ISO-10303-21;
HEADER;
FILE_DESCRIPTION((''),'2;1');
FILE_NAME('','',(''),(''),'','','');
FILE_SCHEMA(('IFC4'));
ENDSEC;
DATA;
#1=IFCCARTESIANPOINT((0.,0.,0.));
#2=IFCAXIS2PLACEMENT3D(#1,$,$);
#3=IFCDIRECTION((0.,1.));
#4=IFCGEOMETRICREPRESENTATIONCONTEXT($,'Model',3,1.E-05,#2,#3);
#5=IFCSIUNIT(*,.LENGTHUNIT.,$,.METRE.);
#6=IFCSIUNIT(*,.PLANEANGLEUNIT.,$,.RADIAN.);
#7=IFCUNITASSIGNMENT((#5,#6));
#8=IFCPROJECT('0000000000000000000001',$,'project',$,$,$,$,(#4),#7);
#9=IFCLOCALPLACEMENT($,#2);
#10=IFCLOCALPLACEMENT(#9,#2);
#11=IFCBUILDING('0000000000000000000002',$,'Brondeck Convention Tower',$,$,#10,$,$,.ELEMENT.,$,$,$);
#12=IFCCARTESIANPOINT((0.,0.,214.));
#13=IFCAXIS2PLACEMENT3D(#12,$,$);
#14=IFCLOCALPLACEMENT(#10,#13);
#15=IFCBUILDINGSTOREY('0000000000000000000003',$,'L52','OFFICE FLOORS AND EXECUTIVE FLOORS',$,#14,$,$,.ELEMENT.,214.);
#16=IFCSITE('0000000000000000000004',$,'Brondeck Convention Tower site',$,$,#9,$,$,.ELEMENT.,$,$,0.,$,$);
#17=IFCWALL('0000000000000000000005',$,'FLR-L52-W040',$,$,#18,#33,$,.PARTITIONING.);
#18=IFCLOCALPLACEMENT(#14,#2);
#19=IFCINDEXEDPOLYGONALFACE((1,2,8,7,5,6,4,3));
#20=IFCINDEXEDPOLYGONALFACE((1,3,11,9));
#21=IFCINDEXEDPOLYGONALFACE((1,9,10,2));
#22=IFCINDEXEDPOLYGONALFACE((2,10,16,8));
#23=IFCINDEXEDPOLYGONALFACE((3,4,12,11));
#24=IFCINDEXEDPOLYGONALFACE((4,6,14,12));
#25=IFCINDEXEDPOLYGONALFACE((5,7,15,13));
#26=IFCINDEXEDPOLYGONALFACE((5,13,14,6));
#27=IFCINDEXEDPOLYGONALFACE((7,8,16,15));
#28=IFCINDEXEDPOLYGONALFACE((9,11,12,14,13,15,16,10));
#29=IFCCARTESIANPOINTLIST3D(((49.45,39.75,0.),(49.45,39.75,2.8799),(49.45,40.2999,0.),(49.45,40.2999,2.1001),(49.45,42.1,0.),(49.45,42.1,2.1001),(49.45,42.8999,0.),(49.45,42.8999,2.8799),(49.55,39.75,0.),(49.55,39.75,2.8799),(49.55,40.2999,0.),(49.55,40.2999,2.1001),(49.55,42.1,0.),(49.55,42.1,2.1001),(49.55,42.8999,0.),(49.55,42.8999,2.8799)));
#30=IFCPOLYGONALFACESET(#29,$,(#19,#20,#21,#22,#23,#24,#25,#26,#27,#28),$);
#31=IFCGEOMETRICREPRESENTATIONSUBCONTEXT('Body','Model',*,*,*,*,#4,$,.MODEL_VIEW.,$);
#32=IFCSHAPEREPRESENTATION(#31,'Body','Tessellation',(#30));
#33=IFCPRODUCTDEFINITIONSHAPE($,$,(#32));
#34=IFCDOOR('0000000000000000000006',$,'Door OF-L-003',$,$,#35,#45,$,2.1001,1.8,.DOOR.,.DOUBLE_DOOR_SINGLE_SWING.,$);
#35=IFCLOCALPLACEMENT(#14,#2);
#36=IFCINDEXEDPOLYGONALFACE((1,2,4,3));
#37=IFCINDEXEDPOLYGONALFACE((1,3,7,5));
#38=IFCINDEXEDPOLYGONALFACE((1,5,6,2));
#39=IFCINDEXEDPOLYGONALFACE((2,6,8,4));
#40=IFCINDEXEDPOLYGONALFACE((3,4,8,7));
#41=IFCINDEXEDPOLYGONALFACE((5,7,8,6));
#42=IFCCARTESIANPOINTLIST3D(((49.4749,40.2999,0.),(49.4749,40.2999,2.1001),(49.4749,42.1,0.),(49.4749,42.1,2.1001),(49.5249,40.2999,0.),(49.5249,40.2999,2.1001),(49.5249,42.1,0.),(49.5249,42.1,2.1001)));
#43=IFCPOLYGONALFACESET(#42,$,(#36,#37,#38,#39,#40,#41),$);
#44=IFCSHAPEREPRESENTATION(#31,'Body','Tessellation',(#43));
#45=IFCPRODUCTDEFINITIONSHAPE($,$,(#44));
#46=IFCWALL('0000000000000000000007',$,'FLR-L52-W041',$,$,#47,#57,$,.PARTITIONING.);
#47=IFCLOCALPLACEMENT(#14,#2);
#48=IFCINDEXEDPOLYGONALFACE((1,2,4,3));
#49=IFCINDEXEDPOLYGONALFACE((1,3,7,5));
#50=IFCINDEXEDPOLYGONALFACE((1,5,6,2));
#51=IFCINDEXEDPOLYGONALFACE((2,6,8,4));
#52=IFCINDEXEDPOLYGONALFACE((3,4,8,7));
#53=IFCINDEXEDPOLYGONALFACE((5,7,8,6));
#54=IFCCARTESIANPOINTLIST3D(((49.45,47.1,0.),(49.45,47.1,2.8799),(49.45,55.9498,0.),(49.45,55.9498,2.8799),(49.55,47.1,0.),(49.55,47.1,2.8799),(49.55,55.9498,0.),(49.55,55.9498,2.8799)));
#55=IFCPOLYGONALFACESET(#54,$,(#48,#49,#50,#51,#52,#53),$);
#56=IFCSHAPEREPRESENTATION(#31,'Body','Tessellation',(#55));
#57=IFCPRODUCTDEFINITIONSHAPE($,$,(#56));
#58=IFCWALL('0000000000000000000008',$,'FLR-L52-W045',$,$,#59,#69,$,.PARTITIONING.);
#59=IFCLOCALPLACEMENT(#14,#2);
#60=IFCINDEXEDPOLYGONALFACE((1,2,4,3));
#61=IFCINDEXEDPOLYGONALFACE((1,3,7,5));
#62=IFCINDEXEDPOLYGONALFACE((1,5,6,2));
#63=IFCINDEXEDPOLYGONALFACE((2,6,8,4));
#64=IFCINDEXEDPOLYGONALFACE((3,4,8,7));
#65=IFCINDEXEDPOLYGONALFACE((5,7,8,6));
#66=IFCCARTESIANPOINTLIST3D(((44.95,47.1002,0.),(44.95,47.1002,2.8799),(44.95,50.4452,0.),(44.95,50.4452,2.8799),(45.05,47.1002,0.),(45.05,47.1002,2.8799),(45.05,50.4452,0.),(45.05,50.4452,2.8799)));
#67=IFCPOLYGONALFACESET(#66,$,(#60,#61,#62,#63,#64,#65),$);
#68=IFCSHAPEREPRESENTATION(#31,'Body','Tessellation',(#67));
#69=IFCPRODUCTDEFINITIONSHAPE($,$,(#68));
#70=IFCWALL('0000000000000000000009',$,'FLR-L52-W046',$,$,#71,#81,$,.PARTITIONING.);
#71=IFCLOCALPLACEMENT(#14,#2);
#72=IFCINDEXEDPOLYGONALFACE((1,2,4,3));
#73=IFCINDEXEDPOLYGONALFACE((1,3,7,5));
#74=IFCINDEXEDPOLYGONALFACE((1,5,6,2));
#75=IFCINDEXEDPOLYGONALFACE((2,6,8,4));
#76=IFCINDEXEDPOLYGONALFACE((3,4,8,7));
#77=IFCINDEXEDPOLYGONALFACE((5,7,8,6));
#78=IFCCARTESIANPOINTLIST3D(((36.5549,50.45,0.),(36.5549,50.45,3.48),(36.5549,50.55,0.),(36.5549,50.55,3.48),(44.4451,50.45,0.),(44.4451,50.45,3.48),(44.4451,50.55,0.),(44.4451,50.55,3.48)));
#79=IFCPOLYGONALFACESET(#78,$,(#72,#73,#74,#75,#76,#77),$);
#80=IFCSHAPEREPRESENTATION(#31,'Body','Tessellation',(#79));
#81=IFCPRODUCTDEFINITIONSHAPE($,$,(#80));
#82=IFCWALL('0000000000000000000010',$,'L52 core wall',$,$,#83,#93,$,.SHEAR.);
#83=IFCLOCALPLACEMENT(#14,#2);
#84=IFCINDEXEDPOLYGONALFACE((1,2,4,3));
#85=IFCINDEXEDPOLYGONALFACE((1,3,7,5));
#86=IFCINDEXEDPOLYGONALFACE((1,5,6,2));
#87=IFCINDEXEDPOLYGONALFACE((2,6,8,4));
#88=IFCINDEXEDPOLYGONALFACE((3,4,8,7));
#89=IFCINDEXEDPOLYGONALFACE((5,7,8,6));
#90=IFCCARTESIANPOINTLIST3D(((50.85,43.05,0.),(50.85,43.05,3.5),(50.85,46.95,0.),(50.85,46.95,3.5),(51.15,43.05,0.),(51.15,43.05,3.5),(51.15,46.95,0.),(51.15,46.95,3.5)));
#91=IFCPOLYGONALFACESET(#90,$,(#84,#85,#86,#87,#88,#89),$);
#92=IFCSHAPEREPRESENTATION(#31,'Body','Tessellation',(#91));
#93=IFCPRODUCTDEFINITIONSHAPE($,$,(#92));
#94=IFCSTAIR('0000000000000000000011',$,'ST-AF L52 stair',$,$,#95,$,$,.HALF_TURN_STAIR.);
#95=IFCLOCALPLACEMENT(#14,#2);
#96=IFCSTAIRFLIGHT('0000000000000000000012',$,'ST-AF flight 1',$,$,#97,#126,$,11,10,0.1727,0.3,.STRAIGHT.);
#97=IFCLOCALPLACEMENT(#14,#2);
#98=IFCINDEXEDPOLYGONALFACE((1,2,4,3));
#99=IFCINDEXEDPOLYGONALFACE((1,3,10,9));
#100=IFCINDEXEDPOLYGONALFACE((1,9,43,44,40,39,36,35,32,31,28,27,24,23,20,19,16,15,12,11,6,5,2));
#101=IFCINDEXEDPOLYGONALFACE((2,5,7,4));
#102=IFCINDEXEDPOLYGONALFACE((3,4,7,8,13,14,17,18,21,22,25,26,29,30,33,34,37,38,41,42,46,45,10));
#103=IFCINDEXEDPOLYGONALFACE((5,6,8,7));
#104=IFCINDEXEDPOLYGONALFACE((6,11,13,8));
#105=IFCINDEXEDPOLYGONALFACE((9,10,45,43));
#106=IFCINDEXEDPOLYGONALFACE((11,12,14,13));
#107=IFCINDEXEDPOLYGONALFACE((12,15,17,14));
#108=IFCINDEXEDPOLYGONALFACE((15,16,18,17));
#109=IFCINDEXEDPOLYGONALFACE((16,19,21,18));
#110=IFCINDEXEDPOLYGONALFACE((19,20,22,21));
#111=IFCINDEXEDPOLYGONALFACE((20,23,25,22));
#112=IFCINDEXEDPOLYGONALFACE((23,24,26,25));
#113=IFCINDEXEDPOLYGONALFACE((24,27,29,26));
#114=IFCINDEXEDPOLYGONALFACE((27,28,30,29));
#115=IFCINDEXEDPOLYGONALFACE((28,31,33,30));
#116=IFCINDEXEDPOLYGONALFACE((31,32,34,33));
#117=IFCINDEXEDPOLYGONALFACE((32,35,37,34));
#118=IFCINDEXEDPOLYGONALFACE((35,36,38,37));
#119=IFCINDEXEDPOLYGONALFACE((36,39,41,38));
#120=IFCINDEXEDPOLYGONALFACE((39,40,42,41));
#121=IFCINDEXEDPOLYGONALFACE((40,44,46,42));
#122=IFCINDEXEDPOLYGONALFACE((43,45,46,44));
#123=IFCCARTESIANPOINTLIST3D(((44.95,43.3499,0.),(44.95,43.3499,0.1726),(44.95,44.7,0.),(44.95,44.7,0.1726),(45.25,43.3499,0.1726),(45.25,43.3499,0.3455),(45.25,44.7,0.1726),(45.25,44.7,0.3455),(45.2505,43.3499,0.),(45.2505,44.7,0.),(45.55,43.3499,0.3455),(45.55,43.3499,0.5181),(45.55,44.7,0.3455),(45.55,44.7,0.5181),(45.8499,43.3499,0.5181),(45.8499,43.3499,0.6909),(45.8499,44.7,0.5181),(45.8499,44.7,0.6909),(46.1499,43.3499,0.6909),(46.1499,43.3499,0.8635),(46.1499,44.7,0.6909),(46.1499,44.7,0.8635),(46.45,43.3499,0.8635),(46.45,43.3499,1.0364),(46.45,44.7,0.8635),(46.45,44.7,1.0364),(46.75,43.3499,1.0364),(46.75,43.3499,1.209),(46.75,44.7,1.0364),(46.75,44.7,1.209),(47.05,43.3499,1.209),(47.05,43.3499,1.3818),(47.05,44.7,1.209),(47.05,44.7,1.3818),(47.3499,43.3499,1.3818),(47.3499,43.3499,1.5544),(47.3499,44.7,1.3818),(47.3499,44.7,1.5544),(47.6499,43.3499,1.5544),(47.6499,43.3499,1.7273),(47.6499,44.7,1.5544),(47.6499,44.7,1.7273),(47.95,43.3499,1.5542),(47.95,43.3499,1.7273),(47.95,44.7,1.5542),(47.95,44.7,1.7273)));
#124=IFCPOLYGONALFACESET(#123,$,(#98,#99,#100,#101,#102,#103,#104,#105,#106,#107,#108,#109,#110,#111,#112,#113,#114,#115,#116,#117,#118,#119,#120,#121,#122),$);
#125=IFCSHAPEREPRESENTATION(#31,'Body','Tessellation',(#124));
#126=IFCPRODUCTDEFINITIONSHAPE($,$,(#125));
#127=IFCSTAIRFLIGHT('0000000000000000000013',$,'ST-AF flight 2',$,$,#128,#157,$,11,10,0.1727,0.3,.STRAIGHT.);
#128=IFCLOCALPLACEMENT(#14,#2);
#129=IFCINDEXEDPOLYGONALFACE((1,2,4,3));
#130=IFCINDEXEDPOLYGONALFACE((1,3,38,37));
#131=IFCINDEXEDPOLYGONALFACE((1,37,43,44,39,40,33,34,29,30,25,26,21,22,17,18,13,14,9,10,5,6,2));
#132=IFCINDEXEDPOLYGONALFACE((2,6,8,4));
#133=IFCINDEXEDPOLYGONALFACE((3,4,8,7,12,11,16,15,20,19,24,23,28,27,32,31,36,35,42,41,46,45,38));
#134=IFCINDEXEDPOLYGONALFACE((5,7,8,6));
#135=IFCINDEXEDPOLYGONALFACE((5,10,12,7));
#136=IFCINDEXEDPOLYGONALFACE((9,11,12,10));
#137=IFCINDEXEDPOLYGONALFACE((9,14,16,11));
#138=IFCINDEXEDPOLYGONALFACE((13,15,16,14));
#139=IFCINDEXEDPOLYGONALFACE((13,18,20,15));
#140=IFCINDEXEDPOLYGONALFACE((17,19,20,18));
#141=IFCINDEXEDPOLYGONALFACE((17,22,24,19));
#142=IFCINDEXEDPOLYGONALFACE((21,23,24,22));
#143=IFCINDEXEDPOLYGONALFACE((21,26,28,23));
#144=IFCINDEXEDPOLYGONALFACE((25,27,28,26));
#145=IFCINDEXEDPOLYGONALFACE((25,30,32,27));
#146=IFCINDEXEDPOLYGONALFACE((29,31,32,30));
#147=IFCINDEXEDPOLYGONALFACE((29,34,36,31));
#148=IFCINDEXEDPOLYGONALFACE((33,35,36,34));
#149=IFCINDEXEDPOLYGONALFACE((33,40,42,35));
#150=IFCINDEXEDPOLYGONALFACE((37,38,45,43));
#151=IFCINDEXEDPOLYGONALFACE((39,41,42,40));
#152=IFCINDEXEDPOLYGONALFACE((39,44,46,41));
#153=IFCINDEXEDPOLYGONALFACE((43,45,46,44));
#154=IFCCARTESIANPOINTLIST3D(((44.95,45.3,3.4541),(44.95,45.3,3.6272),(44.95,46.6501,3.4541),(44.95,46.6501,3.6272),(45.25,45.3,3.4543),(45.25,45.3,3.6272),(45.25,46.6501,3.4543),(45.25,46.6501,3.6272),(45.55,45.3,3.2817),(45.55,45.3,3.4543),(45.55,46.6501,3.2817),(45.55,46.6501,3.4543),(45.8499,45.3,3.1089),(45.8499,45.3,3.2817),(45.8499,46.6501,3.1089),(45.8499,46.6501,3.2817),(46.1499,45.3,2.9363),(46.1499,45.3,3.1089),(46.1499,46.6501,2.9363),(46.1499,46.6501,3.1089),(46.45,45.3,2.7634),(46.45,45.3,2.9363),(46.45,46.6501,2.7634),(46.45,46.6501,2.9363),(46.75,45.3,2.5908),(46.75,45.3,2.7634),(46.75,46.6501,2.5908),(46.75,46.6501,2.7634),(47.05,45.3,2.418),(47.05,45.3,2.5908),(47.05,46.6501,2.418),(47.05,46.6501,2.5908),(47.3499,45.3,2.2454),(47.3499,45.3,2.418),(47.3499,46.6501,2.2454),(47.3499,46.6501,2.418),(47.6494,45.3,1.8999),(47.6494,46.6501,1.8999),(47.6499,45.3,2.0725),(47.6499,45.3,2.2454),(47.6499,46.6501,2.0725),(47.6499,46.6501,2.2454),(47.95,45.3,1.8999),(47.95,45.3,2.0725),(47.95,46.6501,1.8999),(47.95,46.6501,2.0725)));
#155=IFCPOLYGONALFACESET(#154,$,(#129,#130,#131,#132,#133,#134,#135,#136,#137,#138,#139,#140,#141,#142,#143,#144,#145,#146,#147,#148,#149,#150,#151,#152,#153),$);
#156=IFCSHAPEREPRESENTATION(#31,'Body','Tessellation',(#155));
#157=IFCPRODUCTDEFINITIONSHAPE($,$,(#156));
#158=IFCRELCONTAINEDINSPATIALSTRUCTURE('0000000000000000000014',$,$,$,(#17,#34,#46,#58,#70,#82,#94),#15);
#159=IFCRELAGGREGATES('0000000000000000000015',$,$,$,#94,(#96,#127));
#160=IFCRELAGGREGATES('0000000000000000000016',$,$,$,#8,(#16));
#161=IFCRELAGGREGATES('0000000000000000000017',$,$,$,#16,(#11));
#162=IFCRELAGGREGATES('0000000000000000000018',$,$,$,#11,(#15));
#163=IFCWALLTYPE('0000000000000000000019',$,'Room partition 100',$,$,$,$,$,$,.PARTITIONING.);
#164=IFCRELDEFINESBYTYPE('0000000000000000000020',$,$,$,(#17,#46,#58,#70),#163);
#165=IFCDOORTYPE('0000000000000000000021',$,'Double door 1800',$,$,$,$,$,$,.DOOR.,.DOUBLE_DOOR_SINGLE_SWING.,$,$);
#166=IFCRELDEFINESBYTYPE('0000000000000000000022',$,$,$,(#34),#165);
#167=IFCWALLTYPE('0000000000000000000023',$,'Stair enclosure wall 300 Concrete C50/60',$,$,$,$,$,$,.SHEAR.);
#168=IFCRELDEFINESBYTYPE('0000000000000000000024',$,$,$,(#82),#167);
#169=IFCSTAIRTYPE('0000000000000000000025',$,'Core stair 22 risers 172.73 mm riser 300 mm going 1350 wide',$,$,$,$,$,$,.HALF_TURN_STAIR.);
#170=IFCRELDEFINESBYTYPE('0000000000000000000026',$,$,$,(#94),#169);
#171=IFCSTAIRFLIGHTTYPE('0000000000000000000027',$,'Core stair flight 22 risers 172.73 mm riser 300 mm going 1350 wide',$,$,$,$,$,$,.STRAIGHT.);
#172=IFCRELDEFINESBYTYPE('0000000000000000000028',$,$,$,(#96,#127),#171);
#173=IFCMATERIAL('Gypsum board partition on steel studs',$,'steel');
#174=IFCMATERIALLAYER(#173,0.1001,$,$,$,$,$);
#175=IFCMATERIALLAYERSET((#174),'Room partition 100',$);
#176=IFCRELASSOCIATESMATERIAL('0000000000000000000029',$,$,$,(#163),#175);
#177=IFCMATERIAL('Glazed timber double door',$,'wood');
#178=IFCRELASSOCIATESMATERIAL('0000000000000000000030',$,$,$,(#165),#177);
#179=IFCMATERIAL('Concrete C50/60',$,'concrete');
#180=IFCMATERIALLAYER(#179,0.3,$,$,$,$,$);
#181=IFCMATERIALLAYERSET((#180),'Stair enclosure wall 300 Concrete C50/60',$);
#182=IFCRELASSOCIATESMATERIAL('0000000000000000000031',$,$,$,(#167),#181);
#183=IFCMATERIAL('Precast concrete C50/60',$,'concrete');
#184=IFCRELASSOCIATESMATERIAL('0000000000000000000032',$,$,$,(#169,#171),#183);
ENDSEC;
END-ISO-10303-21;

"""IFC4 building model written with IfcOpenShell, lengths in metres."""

from ifc_helpers import new_model, si_unit, direction, frame, frame_2d, origin, place, context, subcontext, project, spatial, polyline, rectangle, outline, extrude, material, layer, layer_set, type_object, element, fill, aggregate, save


model = new_model("IFC4")

# Units and contexts
model_context = context("Model", 3, precision=1e-05, world=origin(), true_north=direction((0.0, 1.0)))
body_context = subcontext(model_context, "Body", "Model", "MODEL_VIEW")
ifc_project = project(units=[si_unit("LENGTHUNIT", "METRE"), si_unit("PLANEANGLEUNIT", "RADIAN")], contexts=[model_context])

# Site, building, storey
site_placement = place(None, origin())
site = spatial("IfcSite", under=ifc_project, at=site_placement, Name="Brondeck Convention Tower site", CompositionType="ELEMENT", RefElevation=0.0)
building_placement = place(site_placement, origin())
building = spatial("IfcBuilding", under=site, at=building_placement, Name="Brondeck Convention Tower", CompositionType="ELEMENT")
storey_placement = place(building_placement, frame((0.0, 0.0, 214.0)))
storey = spatial("IfcBuildingStorey", under=building, at=storey_placement, Name="L52", Description="OFFICE FLOORS AND EXECUTIVE FLOORS", CompositionType="ELEMENT", Elevation=214.0)

# Shared definitions
ifc_material_1 = material(Name="Concrete C50/60", Category="concrete")

# Wall, opening, door
ifc_material_2 = material(Name="Gypsum board partition on steel studs", Category="steel")
ifc_layer_1 = layer(ifc_material_2, 0.1001)
ifc_layer_set_1 = layer_set([ifc_layer_1], Name="Room partition 100")
wall_type_1 = type_object("IfcWallType", Name="Room partition 100", PredefinedType="PARTITIONING", material=ifc_layer_set_1)
wall_1_placement = place(storey_placement, frame((49.5, 42.8999, 0.0), z_axis=(0.0, 0.0, 1.0), x_axis=(0.0, -1.0, 0.0)))
wall_1 = element("IfcWall", 1, at=wall_1_placement, inside=storey, type_object=wall_type_1, Name="FLR-L52-W040", PredefinedType="PARTITIONING", context=body_context, shape_type="SweptSolid", body=[
    extrude(rectangle(XDim=3.1499, YDim=0.1001, at=frame_2d((1.575, 0.0))), origin(), (0.0, 0.0, 1.0), 2.8799),
])
opening_placement = place(wall_1_placement, frame((0.8, 0.0, 0.0)))
opening = element("IfcOpeningElement", 2, at=opening_placement, cuts=wall_1, PredefinedType="OPENING", context=body_context, shape_type="SweptSolid", body=[
    extrude(rectangle(XDim=1.8, YDim=2.1001, at=frame_2d((0.8999, 1.05))), frame((0.0, 0.0601, 0.0), z_axis=(0.0, -1.0, 0.0), x_axis=(1.0, 0.0, 0.0)), (0.0, 0.0, 1.0), 0.1201),
])
ifc_material_3 = material(Name="Glazed timber double door", Category="wood")
door_type = type_object("IfcDoorType", Name="Double door 1800", OperationType="DOUBLE_DOOR_SINGLE_SWING", PredefinedType="DOOR", material=ifc_material_3)
door_placement = place(opening_placement, origin())
door = element("IfcDoor", 3, at=door_placement, inside=storey, type_object=door_type, Name="Door OF-L-003", OperationType="DOUBLE_DOOR_SINGLE_SWING", OverallHeight=2.1001, OverallWidth=1.8, PredefinedType="DOOR", context=body_context, shape_type="SweptSolid", body=[
    extrude(rectangle(XDim=1.8, YDim=2.1001, at=frame_2d((0.8999, 1.05))), frame((0.0, 0.0249, 0.0), z_axis=(0.0, -1.0, 0.0), x_axis=(1.0, 0.0, 0.0)), (0.0, 0.0, 1.0), 0.05),
])
fill(opening, door)

# Walls
wall_2_placement = place(storey_placement, frame((49.5, 47.1001, 0.0), z_axis=(0.0, 0.0, 1.0), x_axis=(0.0, 1.0, 0.0)))
element("IfcWall", 4, at=wall_2_placement, inside=storey, type_object=wall_type_1, Name="FLR-L52-W041", PredefinedType="PARTITIONING", context=body_context, shape_type="SweptSolid", body=[
    extrude(rectangle(XDim=8.8499, YDim=0.1001, at=frame_2d((4.4248, 0.0))), origin(), (0.0, 0.0, 1.0), 2.8799),
])
wall_3_placement = place(storey_placement, frame((45.0, 50.4451, 0.0), z_axis=(0.0, 0.0, 1.0), x_axis=(0.0, -1.0, 0.0)))
element("IfcWall", 5, at=wall_3_placement, inside=storey, type_object=wall_type_1, Name="FLR-L52-W045", PredefinedType="PARTITIONING", context=body_context, shape_type="SweptSolid", body=[
    extrude(rectangle(XDim=3.345, YDim=0.1001, at=frame_2d((1.6724, 0.0))), origin(), (0.0, 0.0, 1.0), 2.8799),
])
wall_4_placement = place(storey_placement, frame((44.4451, 50.5, 0.0), z_axis=(0.0, 0.0, 1.0), x_axis=(-1.0, 0.0, 0.0)))
element("IfcWall", 6, at=wall_4_placement, inside=storey, type_object=wall_type_1, Name="FLR-L52-W046", PredefinedType="PARTITIONING", context=body_context, shape_type="SweptSolid", body=[
    extrude(rectangle(XDim=7.8901, YDim=0.1001, at=frame_2d((3.9451, 0.0))), origin(), (0.0, 0.0, 1.0), 3.48),
])
ifc_layer_2 = layer(ifc_material_1, 0.3)
ifc_layer_set_2 = layer_set([ifc_layer_2], Name="Stair enclosure wall 300 Concrete C50/60")
wall_type_2 = type_object("IfcWallType", Name="Stair enclosure wall 300 Concrete C50/60", PredefinedType="SHEAR", material=ifc_layer_set_2)
wall_5_placement = place(storey_placement, frame((51.0, 43.05, 0.0), z_axis=(0.0, 0.0, 1.0), x_axis=(0.0, 1.0, 0.0)))
element("IfcWall", 7, at=wall_5_placement, inside=storey, type_object=wall_type_2, Name="L52 core wall", PredefinedType="SHEAR", context=body_context, shape_type="SweptSolid", body=[
    extrude(rectangle(XDim=3.8999, YDim=0.3, at=frame_2d((1.95, 0.0))), origin(), (0.0, 0.0, 1.0), 3.5),
])

# Stair, stair flights
ifc_material_4 = material(Name="Precast concrete C50/60", Category="concrete")
stair_type = type_object("IfcStairType", Name="Core stair 22 risers 172.73 mm riser 300 mm going 1350 wide", PredefinedType="HALF_TURN_STAIR", material=ifc_material_4)
stair_placement = place(storey_placement, origin())
stair = element("IfcStair", 8, at=stair_placement, inside=storey, type_object=stair_type, Name="ST-AF L52 stair", PredefinedType="HALF_TURN_STAIR")
stair_flight_type = type_object("IfcStairFlightType", Name="Core stair flight 22 risers 172.73 mm riser 300 mm going 1350 wide", PredefinedType="STRAIGHT", material=ifc_material_4)
stair_flight_1_placement = place(storey_placement, frame((44.95, 44.0249, 0.0), z_axis=(0.0, 0.0, 1.0), x_axis=(1.0, 0.0, 0.0)))
stair_flight_1 = element("IfcStairFlight", 9, at=stair_flight_1_placement, type_object=stair_flight_type, Name="ST-AF flight 1", NumberOfRisers=11, NumberOfTreads=10, PredefinedType="STRAIGHT", RiserHeight=0.1727, TreadLength=0.3, context=body_context, shape_type="SweptSolid", body=[
    extrude(outline(polyline([(0.0, 0.0), (0.0, 0.1726), (0.3, 0.1726), (0.3, 0.3455), (0.6001, 0.3455), (0.6001, 0.5181), (0.8999, 0.5181), (0.8999, 0.6909), (1.2, 0.6909), (1.2, 0.8635), (1.5, 0.8635), (1.5, 1.0364), (1.8, 1.0364), (1.8, 1.209), (2.1001, 1.209), (2.1001, 1.3818), (2.3999, 1.3818), (2.3999, 1.5544), (2.7, 1.5544), (2.7, 1.7273), (3.0, 1.7273), (3.0, 1.8999), (3.0, 1.5542), (0.3005, 0.0), (0.0, 0.0)])), frame((0.0, 0.675, 0.0), z_axis=(0.0, -1.0, 0.0), x_axis=(1.0, 0.0, 0.0)), (0.0, 0.0, 1.0), 1.3501),
])
stair_flight_2_placement = place(storey_placement, frame((47.95, 45.9751, 1.8999), z_axis=(0.0, 0.0, 1.0), x_axis=(-1.0, 0.0, 0.0)))
stair_flight_2 = element("IfcStairFlight", 10, at=stair_flight_2_placement, type_object=stair_flight_type, Name="ST-AF flight 2", NumberOfRisers=11, NumberOfTreads=10, PredefinedType="STRAIGHT", RiserHeight=0.1727, TreadLength=0.3, context=body_context, shape_type="SweptSolid", body=[
    extrude(outline(polyline([(0.0, 0.0), (0.0, 0.1726), (0.3, 0.1726), (0.3, 0.3455), (0.6001, 0.3455), (0.6001, 0.5181), (0.8999, 0.5181), (0.8999, 0.6909), (1.2, 0.6909), (1.2, 0.8635), (1.5, 0.8635), (1.5, 1.0364), (1.8, 1.0364), (1.8, 1.209), (2.1001, 1.209), (2.1001, 1.3818), (2.3999, 1.3818), (2.3999, 1.5544), (2.7, 1.5544), (2.7, 1.7273), (3.0, 1.7273), (3.0, 1.8999), (3.0, 1.5542), (0.3005, 0.0), (0.0, 0.0)])), frame((0.0, 0.675, 0.0), z_axis=(0.0, -1.0, 0.0), x_axis=(1.0, 0.0, 0.0)), (0.0, 0.0, 1.0), 1.3501),
])
aggregate(stair, [stair_flight_1, stair_flight_2])

save(model, "model.ifc")
